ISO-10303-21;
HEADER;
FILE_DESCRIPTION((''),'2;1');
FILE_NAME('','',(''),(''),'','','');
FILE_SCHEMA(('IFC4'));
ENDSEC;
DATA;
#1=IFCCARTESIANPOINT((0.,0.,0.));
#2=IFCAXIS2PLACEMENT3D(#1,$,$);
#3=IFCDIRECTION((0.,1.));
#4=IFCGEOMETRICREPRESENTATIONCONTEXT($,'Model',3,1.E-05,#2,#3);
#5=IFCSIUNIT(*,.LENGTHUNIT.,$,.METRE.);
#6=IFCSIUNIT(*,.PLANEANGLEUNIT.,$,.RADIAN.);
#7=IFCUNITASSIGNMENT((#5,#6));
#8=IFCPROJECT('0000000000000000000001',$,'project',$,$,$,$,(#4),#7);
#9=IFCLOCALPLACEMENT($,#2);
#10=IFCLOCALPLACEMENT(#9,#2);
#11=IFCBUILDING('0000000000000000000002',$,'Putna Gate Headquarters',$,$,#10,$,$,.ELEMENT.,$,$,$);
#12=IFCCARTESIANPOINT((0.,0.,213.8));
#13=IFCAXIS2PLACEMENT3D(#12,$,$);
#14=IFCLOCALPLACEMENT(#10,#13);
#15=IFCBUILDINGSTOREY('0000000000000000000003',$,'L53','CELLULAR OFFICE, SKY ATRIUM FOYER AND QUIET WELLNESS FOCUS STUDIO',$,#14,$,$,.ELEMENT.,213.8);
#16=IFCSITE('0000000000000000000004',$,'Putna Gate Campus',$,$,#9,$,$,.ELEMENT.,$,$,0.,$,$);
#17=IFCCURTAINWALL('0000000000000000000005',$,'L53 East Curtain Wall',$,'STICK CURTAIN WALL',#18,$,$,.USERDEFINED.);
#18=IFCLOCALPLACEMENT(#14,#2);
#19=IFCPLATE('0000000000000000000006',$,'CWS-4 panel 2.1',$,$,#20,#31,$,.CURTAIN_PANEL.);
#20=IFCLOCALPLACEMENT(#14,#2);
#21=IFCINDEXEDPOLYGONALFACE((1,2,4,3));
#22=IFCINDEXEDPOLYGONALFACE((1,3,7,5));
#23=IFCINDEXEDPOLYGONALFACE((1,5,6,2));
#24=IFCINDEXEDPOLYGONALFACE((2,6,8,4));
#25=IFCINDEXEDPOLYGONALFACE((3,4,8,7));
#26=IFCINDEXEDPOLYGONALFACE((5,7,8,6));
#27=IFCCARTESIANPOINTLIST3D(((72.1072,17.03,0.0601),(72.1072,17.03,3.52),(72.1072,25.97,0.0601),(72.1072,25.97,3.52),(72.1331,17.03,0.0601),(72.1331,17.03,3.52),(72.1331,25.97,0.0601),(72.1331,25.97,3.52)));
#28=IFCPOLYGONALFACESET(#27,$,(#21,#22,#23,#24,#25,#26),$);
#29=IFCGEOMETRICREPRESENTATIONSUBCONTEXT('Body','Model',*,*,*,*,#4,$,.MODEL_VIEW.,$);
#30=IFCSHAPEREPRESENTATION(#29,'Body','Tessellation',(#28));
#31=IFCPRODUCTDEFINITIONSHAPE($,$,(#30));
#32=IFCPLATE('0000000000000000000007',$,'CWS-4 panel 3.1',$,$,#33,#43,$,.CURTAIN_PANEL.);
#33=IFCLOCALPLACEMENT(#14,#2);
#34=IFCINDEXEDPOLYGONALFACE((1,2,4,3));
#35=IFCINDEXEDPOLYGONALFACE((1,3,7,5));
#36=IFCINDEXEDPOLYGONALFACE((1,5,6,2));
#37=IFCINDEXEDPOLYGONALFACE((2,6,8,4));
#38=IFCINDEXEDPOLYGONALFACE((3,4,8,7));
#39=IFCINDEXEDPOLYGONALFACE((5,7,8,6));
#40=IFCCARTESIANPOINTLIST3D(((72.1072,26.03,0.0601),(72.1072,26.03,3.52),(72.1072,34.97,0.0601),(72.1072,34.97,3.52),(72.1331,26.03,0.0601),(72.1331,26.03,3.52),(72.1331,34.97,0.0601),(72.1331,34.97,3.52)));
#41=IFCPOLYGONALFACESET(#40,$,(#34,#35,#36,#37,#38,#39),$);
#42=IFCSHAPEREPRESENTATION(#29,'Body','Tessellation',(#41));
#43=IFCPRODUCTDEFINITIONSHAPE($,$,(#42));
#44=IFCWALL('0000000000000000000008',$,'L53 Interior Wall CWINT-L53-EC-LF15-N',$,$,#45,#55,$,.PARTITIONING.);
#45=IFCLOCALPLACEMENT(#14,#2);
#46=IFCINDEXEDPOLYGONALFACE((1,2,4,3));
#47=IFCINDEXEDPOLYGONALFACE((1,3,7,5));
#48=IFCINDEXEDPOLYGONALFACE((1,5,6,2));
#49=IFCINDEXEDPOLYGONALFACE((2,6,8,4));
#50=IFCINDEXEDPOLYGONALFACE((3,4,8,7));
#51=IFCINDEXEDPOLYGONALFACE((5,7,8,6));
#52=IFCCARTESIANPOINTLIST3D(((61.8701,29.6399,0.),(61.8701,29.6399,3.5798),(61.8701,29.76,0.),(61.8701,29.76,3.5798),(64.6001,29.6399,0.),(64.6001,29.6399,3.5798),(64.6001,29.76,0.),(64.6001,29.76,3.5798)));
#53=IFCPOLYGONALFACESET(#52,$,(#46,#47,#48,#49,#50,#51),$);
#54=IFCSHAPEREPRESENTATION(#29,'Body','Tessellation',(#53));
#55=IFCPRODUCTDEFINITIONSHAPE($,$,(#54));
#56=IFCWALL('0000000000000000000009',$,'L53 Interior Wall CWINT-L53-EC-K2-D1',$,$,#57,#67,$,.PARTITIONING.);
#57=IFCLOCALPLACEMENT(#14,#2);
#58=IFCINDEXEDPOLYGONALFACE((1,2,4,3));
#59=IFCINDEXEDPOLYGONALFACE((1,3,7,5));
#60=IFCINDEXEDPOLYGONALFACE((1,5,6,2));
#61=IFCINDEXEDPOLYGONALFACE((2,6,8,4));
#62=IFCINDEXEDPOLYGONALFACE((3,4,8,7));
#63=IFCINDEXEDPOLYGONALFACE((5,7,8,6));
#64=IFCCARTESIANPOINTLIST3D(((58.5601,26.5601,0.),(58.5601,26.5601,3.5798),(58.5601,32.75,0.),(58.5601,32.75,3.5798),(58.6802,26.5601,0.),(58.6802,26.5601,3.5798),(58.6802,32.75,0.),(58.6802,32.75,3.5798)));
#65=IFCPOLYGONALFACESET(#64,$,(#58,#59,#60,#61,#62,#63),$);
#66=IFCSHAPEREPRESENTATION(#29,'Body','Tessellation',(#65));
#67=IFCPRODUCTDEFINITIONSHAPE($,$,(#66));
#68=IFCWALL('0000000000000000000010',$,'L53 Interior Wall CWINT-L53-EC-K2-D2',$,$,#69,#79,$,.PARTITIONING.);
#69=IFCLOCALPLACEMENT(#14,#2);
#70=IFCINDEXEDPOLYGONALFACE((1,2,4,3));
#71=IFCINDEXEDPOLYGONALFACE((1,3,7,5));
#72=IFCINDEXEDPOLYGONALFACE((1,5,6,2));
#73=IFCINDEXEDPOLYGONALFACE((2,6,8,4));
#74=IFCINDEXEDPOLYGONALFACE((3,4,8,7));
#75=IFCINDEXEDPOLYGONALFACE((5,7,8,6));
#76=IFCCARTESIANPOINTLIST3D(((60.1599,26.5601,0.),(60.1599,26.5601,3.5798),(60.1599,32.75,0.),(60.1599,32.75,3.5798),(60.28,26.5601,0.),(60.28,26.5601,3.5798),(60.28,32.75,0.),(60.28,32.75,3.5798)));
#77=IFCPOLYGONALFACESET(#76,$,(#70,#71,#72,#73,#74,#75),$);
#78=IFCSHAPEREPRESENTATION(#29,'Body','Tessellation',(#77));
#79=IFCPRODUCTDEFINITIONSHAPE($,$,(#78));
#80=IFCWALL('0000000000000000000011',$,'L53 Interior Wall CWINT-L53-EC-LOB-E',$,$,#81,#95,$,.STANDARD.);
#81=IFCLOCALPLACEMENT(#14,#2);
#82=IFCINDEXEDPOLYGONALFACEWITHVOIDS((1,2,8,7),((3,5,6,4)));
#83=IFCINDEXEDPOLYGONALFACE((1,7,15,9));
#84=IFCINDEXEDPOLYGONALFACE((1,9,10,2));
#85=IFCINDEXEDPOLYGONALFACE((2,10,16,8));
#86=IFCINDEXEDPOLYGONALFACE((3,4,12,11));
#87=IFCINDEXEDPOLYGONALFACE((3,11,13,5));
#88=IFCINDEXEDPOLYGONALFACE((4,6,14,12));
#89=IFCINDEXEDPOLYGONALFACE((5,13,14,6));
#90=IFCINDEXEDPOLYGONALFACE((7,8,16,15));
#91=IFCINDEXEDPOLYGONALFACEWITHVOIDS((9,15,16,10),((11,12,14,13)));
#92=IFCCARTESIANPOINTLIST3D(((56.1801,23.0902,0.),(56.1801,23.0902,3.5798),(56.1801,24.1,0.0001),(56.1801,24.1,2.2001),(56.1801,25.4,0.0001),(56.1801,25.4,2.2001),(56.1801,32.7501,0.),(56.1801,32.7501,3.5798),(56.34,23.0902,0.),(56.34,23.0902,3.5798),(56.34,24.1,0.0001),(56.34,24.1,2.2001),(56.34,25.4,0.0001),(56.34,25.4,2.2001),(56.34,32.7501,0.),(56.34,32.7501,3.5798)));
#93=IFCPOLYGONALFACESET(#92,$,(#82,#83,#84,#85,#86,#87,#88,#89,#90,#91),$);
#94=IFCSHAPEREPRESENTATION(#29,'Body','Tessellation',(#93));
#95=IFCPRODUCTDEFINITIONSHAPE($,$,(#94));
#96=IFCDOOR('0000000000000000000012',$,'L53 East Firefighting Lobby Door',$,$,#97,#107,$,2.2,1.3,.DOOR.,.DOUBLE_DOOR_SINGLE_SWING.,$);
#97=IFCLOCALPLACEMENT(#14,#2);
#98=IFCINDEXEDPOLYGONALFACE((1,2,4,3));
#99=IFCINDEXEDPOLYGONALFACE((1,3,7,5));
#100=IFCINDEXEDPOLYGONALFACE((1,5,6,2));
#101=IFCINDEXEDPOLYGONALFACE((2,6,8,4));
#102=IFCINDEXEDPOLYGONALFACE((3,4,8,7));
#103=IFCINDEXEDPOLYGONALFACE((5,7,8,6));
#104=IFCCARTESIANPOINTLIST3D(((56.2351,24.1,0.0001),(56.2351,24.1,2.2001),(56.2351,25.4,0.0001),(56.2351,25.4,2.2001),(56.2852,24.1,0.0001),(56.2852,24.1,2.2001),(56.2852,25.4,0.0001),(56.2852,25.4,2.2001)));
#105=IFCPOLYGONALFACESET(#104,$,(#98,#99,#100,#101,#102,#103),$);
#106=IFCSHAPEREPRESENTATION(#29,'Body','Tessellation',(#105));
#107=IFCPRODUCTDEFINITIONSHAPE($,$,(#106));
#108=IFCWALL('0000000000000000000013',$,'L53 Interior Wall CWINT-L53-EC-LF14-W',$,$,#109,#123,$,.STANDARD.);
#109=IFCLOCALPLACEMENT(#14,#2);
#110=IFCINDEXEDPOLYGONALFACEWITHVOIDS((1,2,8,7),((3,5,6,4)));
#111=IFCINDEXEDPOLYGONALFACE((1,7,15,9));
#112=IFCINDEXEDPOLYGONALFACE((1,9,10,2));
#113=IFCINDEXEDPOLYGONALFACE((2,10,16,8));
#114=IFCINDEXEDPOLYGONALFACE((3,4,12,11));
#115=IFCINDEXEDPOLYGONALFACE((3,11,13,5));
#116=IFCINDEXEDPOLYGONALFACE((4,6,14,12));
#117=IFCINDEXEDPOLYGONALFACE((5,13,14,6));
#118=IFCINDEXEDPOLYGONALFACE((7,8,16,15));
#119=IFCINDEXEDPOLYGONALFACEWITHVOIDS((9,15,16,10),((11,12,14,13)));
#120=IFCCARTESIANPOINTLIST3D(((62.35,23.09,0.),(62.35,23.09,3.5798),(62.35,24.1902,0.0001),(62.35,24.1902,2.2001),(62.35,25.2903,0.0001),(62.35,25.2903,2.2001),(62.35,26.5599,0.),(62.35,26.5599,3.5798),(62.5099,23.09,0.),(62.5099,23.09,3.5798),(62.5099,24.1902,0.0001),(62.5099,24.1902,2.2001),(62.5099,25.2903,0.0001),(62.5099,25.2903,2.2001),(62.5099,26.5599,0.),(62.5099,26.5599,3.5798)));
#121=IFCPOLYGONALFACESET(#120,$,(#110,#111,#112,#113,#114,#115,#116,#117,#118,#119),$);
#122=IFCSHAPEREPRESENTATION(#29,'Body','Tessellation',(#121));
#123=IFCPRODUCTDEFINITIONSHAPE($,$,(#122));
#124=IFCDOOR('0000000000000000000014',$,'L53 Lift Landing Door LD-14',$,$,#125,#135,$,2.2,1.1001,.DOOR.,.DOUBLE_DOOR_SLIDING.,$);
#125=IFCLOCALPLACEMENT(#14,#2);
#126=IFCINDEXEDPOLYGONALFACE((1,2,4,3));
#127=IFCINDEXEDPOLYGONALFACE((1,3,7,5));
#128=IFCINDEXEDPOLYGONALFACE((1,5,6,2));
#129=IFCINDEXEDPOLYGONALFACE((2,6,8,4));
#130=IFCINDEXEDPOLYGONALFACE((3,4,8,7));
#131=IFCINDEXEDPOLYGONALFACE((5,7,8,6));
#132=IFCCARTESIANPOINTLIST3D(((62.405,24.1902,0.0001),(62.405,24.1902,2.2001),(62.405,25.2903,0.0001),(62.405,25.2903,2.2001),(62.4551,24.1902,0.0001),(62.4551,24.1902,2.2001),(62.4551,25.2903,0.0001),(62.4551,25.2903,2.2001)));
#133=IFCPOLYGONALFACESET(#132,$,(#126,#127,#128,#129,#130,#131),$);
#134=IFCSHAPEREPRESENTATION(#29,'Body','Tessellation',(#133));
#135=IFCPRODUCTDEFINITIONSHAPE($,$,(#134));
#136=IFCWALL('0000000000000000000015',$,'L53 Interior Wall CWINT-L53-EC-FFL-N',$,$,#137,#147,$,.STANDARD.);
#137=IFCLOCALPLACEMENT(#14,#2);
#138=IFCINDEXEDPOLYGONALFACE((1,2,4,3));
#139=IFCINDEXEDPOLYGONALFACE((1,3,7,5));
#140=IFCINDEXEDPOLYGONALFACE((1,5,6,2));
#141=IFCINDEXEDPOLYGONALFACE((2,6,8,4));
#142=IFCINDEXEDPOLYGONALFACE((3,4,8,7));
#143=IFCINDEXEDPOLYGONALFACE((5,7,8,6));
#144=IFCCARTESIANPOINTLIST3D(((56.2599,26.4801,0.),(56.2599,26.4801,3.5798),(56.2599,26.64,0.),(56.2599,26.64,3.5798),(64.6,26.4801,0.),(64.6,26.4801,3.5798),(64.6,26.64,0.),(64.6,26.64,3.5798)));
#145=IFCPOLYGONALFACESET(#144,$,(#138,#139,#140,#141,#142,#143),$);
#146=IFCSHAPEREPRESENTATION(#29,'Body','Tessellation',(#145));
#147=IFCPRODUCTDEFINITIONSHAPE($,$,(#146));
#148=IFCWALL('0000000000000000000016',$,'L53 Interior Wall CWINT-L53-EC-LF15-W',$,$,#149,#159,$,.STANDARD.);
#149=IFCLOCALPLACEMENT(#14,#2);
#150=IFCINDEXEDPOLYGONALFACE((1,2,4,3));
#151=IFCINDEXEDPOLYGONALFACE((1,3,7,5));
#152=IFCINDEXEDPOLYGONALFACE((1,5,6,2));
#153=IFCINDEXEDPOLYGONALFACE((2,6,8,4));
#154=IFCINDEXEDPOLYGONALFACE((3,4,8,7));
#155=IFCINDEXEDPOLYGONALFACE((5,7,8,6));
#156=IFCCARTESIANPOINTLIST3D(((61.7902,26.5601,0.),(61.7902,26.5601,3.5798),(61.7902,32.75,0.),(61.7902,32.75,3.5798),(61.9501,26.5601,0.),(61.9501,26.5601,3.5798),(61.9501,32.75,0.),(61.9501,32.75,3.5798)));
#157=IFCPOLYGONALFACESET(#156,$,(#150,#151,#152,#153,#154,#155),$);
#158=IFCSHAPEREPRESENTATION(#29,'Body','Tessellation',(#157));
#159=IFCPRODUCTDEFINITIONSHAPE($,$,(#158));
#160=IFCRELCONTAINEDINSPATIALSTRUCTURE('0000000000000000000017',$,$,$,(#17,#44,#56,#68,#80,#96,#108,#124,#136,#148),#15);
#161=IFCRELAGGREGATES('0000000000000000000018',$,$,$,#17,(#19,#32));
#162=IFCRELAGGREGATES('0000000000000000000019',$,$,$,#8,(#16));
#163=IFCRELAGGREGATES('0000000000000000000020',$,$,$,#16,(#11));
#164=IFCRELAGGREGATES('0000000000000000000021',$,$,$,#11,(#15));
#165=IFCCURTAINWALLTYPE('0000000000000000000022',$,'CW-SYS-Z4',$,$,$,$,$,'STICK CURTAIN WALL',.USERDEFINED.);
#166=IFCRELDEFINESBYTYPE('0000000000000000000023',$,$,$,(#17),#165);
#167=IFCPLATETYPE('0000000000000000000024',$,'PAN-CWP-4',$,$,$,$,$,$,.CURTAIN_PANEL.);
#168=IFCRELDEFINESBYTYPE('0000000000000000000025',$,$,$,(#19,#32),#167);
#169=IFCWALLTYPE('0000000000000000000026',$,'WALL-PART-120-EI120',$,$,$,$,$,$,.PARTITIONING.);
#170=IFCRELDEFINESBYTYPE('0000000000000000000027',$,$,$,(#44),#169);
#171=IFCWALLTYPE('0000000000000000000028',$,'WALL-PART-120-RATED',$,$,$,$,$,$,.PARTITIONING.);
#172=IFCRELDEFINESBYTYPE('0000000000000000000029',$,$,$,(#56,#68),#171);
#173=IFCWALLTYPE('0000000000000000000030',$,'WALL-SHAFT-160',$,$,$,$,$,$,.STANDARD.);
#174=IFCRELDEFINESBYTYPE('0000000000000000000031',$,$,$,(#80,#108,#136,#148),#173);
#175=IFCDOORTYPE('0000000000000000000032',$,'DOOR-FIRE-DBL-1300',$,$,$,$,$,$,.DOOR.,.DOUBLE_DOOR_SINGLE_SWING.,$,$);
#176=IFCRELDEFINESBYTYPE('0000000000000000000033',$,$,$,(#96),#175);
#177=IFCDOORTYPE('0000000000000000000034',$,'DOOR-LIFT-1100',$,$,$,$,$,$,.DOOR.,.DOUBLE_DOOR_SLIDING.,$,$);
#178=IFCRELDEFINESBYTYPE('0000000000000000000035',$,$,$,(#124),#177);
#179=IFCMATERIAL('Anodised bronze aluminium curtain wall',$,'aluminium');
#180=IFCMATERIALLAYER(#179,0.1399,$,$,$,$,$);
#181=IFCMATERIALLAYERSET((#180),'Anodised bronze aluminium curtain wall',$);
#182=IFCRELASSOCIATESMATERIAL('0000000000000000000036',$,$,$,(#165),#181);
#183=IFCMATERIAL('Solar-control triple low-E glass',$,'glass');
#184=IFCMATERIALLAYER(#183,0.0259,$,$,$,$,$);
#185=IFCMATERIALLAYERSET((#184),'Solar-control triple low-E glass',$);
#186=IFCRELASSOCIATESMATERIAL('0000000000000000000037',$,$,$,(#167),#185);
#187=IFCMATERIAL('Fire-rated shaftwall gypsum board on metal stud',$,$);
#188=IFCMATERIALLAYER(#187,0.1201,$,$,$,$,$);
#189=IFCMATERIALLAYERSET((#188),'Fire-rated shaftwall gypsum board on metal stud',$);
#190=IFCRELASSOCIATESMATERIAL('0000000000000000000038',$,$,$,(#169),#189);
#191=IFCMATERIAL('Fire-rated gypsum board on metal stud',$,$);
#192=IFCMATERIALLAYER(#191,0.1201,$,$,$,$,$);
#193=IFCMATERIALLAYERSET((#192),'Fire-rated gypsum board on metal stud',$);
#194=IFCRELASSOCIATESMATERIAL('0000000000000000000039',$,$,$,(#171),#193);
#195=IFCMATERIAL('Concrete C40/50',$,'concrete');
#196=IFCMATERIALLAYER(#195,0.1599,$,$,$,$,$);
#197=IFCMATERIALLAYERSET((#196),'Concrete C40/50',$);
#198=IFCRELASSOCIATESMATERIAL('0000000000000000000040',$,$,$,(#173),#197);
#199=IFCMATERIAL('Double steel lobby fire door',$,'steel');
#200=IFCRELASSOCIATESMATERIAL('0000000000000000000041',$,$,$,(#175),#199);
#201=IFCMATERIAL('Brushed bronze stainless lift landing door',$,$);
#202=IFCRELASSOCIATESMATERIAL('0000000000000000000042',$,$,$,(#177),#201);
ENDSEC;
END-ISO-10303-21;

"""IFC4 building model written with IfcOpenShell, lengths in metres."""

from ifc_helpers import new_model, si_unit, direction, frame, frame_2d, origin, origin_2d, place, context, subcontext, project, spatial, rectangle, extrude, material, layer, layer_set, type_object, element, fill, aggregate, save


model = new_model("IFC4")

# Units and contexts
model_context = context("Model", 3, precision=1e-05, world=origin(), true_north=direction((0.0, 1.0)))
body_context = subcontext(model_context, "Body", "Model", "MODEL_VIEW")
ifc_project = project(units=[si_unit("LENGTHUNIT", "METRE"), si_unit("PLANEANGLEUNIT", "RADIAN")], contexts=[model_context])

# Site, building, storey
site_placement = place(None, origin())
site = spatial("IfcSite", under=ifc_project, at=site_placement, Name="Putna Gate Campus", CompositionType="ELEMENT", RefElevation=0.0)
building_placement = place(site_placement, origin())
building = spatial("IfcBuilding", under=site, at=building_placement, Name="Putna Gate Headquarters", CompositionType="ELEMENT")
storey_placement = place(building_placement, frame((0.0, 0.0, 213.8)))
storey = spatial("IfcBuildingStorey", under=building, at=storey_placement, Name="L53", Description="CELLULAR OFFICE, SKY ATRIUM FOYER AND QUIET WELLNESS FOCUS STUDIO", CompositionType="ELEMENT", Elevation=213.8)

# Curtain wall, plates
ifc_material_1 = material(Name="Anodised bronze aluminium curtain wall", Category="aluminium")
ifc_layer_1 = layer(ifc_material_1, 0.1399)
ifc_layer_set_1 = layer_set([ifc_layer_1], Name="Anodised bronze aluminium curtain wall")
curtain_wall_type = type_object("IfcCurtainWallType", Name="CW-SYS-Z4", ElementType="STICK CURTAIN WALL", PredefinedType="USERDEFINED", material=ifc_layer_set_1)
curtain_wall_placement = place(storey_placement, origin())
curtain_wall = element("IfcCurtainWall", 1, at=curtain_wall_placement, inside=storey, type_object=curtain_wall_type, Name="L53 East Curtain Wall", ObjectType="STICK CURTAIN WALL", PredefinedType="USERDEFINED")
ifc_material_2 = material(Name="Solar-control triple low-E glass", Category="glass")
ifc_layer_2 = layer(ifc_material_2, 0.0259)
ifc_layer_set_2 = layer_set([ifc_layer_2], Name="Solar-control triple low-E glass")
plate_type = type_object("IfcPlateType", Name="PAN-CWP-4", PredefinedType="CURTAIN_PANEL", material=ifc_layer_set_2)
plate_1_placement = place(storey_placement, frame((72.1201, 21.5, 0.0601), z_axis=(0.0, 0.0, 1.0), x_axis=(0.0, 1.0, 0.0)))
plate_1 = element("IfcPlate", 2, at=plate_1_placement, type_object=plate_type, Name="CWS-4 panel 2.1", PredefinedType="CURTAIN_PANEL", context=body_context, shape_type="SweptSolid", body=[
    extrude(rectangle(XDim=8.9399, YDim=0.0259, at=origin_2d()), origin(), (0.0, 0.0, 1.0), 3.46),
])
plate_2_placement = place(storey_placement, frame((72.1201, 30.5, 0.0601), z_axis=(0.0, 0.0, 1.0), x_axis=(0.0, 1.0, 0.0)))
plate_2 = element("IfcPlate", 3, at=plate_2_placement, type_object=plate_type, Name="CWS-4 panel 3.1", PredefinedType="CURTAIN_PANEL", context=body_context, shape_type="SweptSolid", body=[
    extrude(rectangle(XDim=8.9399, YDim=0.0259, at=origin_2d()), origin(), (0.0, 0.0, 1.0), 3.46),
])
aggregate(curtain_wall, [plate_1, plate_2])

# Walls
ifc_material_3 = material(Name="Fire-rated shaftwall gypsum board on metal stud")
ifc_layer_3 = layer(ifc_material_3, 0.1201)
ifc_layer_set_3 = layer_set([ifc_layer_3], Name="Fire-rated shaftwall gypsum board on metal stud")
wall_type_1 = type_object("IfcWallType", Name="WALL-PART-120-EI120", PredefinedType="PARTITIONING", material=ifc_layer_set_3)
wall_1_placement = place(storey_placement, frame((61.8701, 29.7, 0.0), z_axis=(0.0, 0.0, 1.0), x_axis=(1.0, 0.0, 0.0)))
element("IfcWall", 4, at=wall_1_placement, inside=storey, type_object=wall_type_1, Name="L53 Interior Wall CWINT-L53-EC-LF15-N", PredefinedType="PARTITIONING", context=body_context, shape_type="SweptSolid", body=[
    extrude(rectangle(XDim=2.73, YDim=0.1201, at=frame_2d((1.365, 0.0))), origin(), (0.0, 0.0, 1.0), 3.5798),
])
ifc_material_4 = material(Name="Fire-rated gypsum board on metal stud")
ifc_layer_4 = layer(ifc_material_4, 0.1201)
ifc_layer_set_4 = layer_set([ifc_layer_4], Name="Fire-rated gypsum board on metal stud")
wall_type_2 = type_object("IfcWallType", Name="WALL-PART-120-RATED", PredefinedType="PARTITIONING", material=ifc_layer_set_4)
for number, where, z_axis, x_axis, name in (
    (5, (58.6201, 26.5601, 0.0), (0.0, 0.0, 1.0), (0.0, 1.0, 0.0), "L53 Interior Wall CWINT-L53-EC-K2-D1"),
    (6, (60.22, 26.5601, 0.0), (0.0, 0.0, 1.0), (0.0, 1.0, 0.0), "L53 Interior Wall CWINT-L53-EC-K2-D2"),
):
    element("IfcWall", number, at=place(storey_placement, frame(where, z_axis=z_axis, x_axis=x_axis)), inside=storey, type_object=wall_type_2, Name=name, PredefinedType="PARTITIONING", context=body_context, shape_type="SweptSolid", body=[
        extrude(rectangle(XDim=6.1899, YDim=0.1201, at=frame_2d((3.095, 0.0))), origin(), (0.0, 0.0, 1.0), 3.5798),
    ])

# Walls, openings, doors
ifc_material_5 = material(Name="Concrete C40/50", Category="concrete")
ifc_layer_5 = layer(ifc_material_5, 0.1599)
ifc_layer_set_5 = layer_set([ifc_layer_5], Name="Concrete C40/50")
wall_type_3 = type_object("IfcWallType", Name="WALL-SHAFT-160", PredefinedType="STANDARD", material=ifc_layer_set_5)
wall_2_placement = place(storey_placement, frame((56.26, 23.0901, 0.0), z_axis=(0.0, 0.0, 1.0), x_axis=(0.0, 1.0, 0.0)))
wall_2 = element("IfcWall", 7, at=wall_2_placement, inside=storey, type_object=wall_type_3, Name="L53 Interior Wall CWINT-L53-EC-LOB-E", PredefinedType="STANDARD", context=body_context, shape_type="SweptSolid", body=[
    extrude(rectangle(XDim=9.6599, YDim=0.1599, at=frame_2d((4.8301, 0.0))), origin(), (0.0, 0.0, 1.0), 3.5798),
])
opening_1_placement = place(wall_2_placement, frame((1.01, 0.0, 0.0)))
opening_1 = element("IfcOpeningElement", 8, at=opening_1_placement, cuts=wall_2, PredefinedType="OPENING", context=body_context, shape_type="SweptSolid", body=[
    extrude(rectangle(XDim=1.3, YDim=2.2, at=frame_2d((0.6499, 1.1001))), frame((0.0, 0.0898, 0.0), z_axis=(0.0, -1.0, 0.0), x_axis=(1.0, 0.0, 0.0)), (0.0, 0.0, 1.0), 0.1799),
])
ifc_material_6 = material(Name="Double steel lobby fire door", Category="steel")
door_type_1 = type_object("IfcDoorType", Name="DOOR-FIRE-DBL-1300", OperationType="DOUBLE_DOOR_SINGLE_SWING", PredefinedType="DOOR", material=ifc_material_6)
door_1_placement = place(opening_1_placement, origin())
door_1 = element("IfcDoor", 9, at=door_1_placement, inside=storey, type_object=door_type_1, Name="L53 East Firefighting Lobby Door", OperationType="DOUBLE_DOOR_SINGLE_SWING", OverallHeight=2.2, OverallWidth=1.3, PredefinedType="DOOR", context=body_context, shape_type="SweptSolid", body=[
    extrude(rectangle(XDim=1.3, YDim=2.2, at=frame_2d((0.6499, 1.1001))), frame((0.0, 0.0249, 0.0), z_axis=(0.0, -1.0, 0.0), x_axis=(1.0, 0.0, 0.0)), (0.0, 0.0, 1.0), 0.05),
])
fill(opening_1, door_1)
wall_3_placement = place(storey_placement, frame((62.4299, 23.0901, 0.0), z_axis=(0.0, 0.0, 1.0), x_axis=(0.0, 1.0, 0.0)))
wall_3 = element("IfcWall", 10, at=wall_3_placement, inside=storey, type_object=wall_type_3, Name="L53 Interior Wall CWINT-L53-EC-LF14-W", PredefinedType="STANDARD", context=body_context, shape_type="SweptSolid", body=[
    extrude(rectangle(XDim=3.47, YDim=0.1599, at=frame_2d((1.7349, 0.0))), origin(), (0.0, 0.0, 1.0), 3.5798),
])
opening_2_placement = place(wall_3_placement, frame((1.1001, 0.0, 0.0)))
opening_2 = element("IfcOpeningElement", 11, at=opening_2_placement, cuts=wall_3, PredefinedType="OPENING", context=body_context, shape_type="SweptSolid", body=[
    extrude(rectangle(XDim=1.1001, YDim=2.2, at=frame_2d((0.55, 1.1001))), frame((0.0, 0.0898, 0.0), z_axis=(0.0, -1.0, 0.0), x_axis=(1.0, 0.0, 0.0)), (0.0, 0.0, 1.0), 0.1799),
])
ifc_material_7 = material(Name="Brushed bronze stainless lift landing door")
door_type_2 = type_object("IfcDoorType", Name="DOOR-LIFT-1100", OperationType="DOUBLE_DOOR_SLIDING", PredefinedType="DOOR", material=ifc_material_7)
door_2_placement = place(opening_2_placement, origin())
door_2 = element("IfcDoor", 12, at=door_2_placement, inside=storey, type_object=door_type_2, Name="L53 Lift Landing Door LD-14", OperationType="DOUBLE_DOOR_SLIDING", OverallHeight=2.2, OverallWidth=1.1001, PredefinedType="DOOR", context=body_context, shape_type="SweptSolid", body=[
    extrude(rectangle(XDim=1.1001, YDim=2.2, at=frame_2d((0.55, 1.1001))), frame((0.0, 0.0249, 0.0), z_axis=(0.0, -1.0, 0.0), x_axis=(1.0, 0.0, 0.0)), (0.0, 0.0, 1.0), 0.05),
])
fill(opening_2, door_2)

# Walls
wall_4_placement = place(storey_placement, frame((56.26, 26.5601, 0.0), z_axis=(0.0, 0.0, 1.0), x_axis=(1.0, 0.0, 0.0)))
element("IfcWall", 13, at=wall_4_placement, inside=storey, type_object=wall_type_3, Name="L53 Interior Wall CWINT-L53-EC-FFL-N", PredefinedType="STANDARD", context=body_context, shape_type="SweptSolid", body=[
    extrude(rectangle(XDim=8.3401, YDim=0.1599, at=frame_2d((4.1699, 0.0))), origin(), (0.0, 0.0, 1.0), 3.5798),
])
wall_5_placement = place(storey_placement, frame((61.8701, 26.5601, 0.0), z_axis=(0.0, 0.0, 1.0), x_axis=(0.0, 1.0, 0.0)))
element("IfcWall", 14, at=wall_5_placement, inside=storey, type_object=wall_type_3, Name="L53 Interior Wall CWINT-L53-EC-LF15-W", PredefinedType="STANDARD", context=body_context, shape_type="SweptSolid", body=[
    extrude(rectangle(XDim=6.1899, YDim=0.1599, at=frame_2d((3.095, 0.0))), origin(), (0.0, 0.0, 1.0), 3.5798),
])

save(model, "model.ifc")
